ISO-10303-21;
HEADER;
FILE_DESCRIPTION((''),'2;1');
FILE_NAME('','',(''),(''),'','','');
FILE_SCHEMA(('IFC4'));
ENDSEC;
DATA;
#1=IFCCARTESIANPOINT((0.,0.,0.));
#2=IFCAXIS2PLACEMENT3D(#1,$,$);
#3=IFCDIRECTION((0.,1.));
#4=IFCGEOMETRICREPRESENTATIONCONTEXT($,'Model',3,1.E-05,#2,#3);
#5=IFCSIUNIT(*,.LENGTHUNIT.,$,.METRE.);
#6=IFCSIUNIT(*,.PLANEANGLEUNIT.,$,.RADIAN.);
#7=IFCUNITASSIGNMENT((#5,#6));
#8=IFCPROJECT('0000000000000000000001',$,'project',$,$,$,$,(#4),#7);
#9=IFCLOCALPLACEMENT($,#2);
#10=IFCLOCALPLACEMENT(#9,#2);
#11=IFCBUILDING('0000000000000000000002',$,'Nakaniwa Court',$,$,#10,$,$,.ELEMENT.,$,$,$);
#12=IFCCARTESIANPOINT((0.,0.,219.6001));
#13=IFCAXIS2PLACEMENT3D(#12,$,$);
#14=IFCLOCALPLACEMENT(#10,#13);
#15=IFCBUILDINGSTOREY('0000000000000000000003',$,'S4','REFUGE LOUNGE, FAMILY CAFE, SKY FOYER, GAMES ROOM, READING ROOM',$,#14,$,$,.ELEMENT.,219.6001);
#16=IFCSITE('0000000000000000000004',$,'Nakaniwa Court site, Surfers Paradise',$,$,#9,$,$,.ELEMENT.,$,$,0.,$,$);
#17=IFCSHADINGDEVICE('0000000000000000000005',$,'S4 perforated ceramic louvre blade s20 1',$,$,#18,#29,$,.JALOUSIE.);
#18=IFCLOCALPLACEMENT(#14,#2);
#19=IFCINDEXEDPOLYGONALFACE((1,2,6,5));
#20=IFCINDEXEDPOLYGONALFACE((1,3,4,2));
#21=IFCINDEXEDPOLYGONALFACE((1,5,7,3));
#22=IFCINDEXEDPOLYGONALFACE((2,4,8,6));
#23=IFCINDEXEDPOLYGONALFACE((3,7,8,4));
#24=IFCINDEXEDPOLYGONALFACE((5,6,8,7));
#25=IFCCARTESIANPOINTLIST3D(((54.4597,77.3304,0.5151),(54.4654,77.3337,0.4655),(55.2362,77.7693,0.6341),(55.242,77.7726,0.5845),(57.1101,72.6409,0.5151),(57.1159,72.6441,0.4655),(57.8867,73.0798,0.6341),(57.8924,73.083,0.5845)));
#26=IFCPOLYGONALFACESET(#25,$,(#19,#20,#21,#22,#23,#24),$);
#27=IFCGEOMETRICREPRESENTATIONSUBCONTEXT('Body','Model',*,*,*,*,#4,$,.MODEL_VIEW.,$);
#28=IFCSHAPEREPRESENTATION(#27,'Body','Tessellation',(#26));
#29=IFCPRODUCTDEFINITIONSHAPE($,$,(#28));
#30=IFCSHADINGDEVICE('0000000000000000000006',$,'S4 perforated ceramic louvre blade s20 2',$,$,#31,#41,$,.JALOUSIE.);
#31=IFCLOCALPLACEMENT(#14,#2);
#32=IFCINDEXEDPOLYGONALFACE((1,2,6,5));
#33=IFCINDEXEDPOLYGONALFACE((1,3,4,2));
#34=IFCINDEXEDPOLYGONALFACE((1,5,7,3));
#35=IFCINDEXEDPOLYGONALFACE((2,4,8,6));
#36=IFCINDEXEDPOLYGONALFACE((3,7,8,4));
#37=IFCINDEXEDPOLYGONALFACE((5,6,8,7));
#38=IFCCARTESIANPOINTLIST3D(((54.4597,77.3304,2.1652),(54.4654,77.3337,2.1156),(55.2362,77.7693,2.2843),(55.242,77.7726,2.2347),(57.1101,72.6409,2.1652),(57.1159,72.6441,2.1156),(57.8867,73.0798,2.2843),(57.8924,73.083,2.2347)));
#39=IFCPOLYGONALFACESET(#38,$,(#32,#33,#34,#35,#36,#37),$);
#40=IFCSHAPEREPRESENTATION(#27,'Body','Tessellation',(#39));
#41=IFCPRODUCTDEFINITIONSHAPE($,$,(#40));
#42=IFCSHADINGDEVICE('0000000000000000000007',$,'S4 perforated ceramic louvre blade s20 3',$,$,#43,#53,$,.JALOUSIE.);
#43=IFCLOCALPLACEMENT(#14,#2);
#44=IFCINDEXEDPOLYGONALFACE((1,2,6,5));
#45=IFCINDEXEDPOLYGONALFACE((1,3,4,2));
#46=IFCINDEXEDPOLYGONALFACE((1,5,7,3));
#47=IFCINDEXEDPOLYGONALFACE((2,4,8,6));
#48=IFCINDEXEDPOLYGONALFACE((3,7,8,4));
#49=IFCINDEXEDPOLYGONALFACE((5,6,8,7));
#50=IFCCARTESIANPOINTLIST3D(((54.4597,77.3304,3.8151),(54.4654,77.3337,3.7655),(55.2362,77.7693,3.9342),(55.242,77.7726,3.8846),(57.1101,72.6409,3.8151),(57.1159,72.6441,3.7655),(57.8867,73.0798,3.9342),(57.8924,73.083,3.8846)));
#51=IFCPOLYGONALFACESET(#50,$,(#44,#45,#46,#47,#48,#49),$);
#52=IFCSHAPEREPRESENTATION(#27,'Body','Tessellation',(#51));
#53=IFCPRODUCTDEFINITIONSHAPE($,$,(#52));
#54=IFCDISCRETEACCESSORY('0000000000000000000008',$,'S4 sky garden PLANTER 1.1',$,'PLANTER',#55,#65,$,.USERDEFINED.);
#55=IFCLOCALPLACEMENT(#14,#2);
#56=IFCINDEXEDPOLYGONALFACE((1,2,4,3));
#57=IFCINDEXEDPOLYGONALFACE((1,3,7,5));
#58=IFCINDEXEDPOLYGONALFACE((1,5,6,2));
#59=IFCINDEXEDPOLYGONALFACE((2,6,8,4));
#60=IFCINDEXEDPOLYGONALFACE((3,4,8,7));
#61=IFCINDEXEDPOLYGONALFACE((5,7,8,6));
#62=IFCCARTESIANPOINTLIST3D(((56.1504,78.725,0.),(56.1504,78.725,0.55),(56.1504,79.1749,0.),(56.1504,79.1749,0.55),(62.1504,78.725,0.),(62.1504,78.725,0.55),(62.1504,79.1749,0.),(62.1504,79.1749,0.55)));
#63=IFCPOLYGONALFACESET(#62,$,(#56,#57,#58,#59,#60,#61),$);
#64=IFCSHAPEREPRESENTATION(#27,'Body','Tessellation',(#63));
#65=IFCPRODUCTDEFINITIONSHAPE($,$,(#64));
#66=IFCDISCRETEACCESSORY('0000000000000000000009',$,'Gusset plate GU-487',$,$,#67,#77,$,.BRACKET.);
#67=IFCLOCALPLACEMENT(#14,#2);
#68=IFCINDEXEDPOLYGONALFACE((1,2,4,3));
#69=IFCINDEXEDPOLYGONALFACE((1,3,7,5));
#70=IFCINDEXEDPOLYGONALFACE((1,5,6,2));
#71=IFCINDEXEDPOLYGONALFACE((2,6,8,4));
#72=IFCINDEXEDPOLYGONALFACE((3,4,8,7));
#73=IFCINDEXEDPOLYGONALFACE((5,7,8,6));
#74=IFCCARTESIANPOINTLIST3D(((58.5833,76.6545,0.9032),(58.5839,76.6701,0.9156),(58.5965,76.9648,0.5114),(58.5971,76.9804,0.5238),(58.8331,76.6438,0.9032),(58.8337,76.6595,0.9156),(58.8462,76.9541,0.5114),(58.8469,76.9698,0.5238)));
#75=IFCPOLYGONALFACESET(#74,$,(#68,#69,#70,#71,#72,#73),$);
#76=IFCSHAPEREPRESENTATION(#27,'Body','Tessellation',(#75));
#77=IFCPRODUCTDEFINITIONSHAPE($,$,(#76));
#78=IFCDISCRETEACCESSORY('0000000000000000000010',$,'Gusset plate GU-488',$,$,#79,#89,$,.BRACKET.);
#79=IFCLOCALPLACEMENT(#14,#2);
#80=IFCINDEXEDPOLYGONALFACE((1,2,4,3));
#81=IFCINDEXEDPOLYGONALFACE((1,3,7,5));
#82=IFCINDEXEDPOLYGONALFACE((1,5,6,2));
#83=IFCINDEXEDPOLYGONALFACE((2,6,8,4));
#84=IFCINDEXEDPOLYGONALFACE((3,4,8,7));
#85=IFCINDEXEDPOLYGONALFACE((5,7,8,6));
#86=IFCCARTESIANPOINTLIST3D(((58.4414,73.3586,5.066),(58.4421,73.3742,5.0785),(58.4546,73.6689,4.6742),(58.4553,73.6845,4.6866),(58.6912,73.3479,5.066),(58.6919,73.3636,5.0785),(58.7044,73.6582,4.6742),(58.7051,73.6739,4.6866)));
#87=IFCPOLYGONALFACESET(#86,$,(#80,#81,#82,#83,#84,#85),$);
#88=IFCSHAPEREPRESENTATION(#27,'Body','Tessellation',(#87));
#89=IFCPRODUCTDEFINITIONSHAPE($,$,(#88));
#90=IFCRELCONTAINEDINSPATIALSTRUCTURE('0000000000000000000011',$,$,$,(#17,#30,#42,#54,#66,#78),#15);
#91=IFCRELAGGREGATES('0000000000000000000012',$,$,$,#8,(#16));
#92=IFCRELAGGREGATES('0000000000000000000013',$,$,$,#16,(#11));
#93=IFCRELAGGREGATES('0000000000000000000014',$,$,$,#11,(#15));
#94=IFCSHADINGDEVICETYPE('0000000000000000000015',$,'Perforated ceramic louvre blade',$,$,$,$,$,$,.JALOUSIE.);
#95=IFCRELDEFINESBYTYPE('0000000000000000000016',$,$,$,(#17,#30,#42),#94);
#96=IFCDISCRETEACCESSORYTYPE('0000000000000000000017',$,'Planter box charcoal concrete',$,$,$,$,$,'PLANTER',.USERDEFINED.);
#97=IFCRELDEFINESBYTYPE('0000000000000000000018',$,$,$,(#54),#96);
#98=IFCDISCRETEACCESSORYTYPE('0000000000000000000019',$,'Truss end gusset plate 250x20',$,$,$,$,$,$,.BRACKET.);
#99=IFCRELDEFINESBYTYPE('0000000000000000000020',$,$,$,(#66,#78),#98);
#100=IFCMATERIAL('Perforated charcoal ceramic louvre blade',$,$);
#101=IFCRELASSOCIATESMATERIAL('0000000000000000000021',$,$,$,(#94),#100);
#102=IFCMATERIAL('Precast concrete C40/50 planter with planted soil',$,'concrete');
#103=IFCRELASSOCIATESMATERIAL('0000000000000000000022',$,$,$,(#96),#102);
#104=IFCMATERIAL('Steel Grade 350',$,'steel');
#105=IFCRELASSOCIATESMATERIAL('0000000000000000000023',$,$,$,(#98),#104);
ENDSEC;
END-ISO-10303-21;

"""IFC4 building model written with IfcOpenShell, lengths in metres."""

from ifc_helpers import new_model, si_unit, direction, frame, origin, origin_2d, place, context, subcontext, project, spatial, rectangle, extrude, material, material_profile, profile_set, type_object, element, save


model = new_model("IFC4")

# Units and contexts
model_context = context("Model", 3, precision=1e-05, world=origin(), true_north=direction((0.0, 1.0)))
body_context = subcontext(model_context, "Body", "Model", "MODEL_VIEW")
ifc_project = project(units=[si_unit("LENGTHUNIT", "METRE"), si_unit("PLANEANGLEUNIT", "RADIAN")], contexts=[model_context])

# Site, building, storey
site_placement = place(None, origin())
site = spatial("IfcSite", under=ifc_project, at=site_placement, Name="Nakaniwa Court site, Surfers Paradise", CompositionType="ELEMENT", RefElevation=0.0)
building_placement = place(site_placement, origin())
building = spatial("IfcBuilding", under=site, at=building_placement, Name="Nakaniwa Court", CompositionType="ELEMENT")
storey_placement = place(building_placement, frame((0.0, 0.0, 219.6001)))
storey = spatial("IfcBuildingStorey", under=building, at=storey_placement, Name="S4", Description="REFUGE LOUNGE, FAMILY CAFE, SKY FOYER, GAMES ROOM, READING ROOM", CompositionType="ELEMENT", Elevation=219.6001)

# Shared definitions
ifc_material_1 = material(Name="Steel Grade 350", Category="steel")

# Shading devices
ifc_material_2 = material(Name="Perforated charcoal ceramic louvre blade")
ifc_material_profile_1 = material_profile(ifc_material_2, rectangle(XDim=0.8999, YDim=0.05, at=origin_2d()), Name="Perforated ceramic louvre blade")
ifc_profile_set_1 = profile_set([ifc_material_profile_1], Name="Perforated charcoal ceramic louvre blade")
shading_device_type = type_object("IfcShadingDeviceType", Name="Perforated ceramic louvre blade", PredefinedType="JALOUSIE", material=ifc_profile_set_1)
for number, where, z_axis, x_axis, name in (
    (1, (54.8508, 77.5515, 0.5498), (0.492033, -0.870576, 0.0), (0.862929, 0.487711, 0.132256), "S4 perforated ceramic louvre blade s20 1"),
    (2, (54.8508, 77.5515, 2.2), (0.492033, -0.870576, 0.0), (0.862929, 0.487711, 0.132256), "S4 perforated ceramic louvre blade s20 2"),
    (3, (54.8508, 77.5515, 3.8499), (0.492033, -0.870576, 0.0), (0.862929, 0.487711, 0.132256), "S4 perforated ceramic louvre blade s20 3"),
):
    element("IfcShadingDevice", number, at=place(storey_placement, frame(where, z_axis=z_axis, x_axis=x_axis)), inside=storey, type_object=shading_device_type, Name=name, PredefinedType="JALOUSIE", context=body_context, shape_type="SweptSolid", body=[
        extrude(rectangle(XDim=0.8999, YDim=0.05, at=origin_2d()), origin(), (0.0, 0.0, 1.0), 5.3867),
    ])

# Discrete accessories
ifc_material_3 = material(Name="Precast concrete C40/50 planter with planted soil", Category="concrete")
discrete_accessory_type_1 = type_object("IfcDiscreteAccessoryType", Name="Planter box charcoal concrete", ElementType="PLANTER", PredefinedType="USERDEFINED", material=ifc_material_3)
discrete_accessory_placement = place(storey_placement, frame((59.1504, 78.95, 0.0), z_axis=(0.0, 0.0, 1.0), x_axis=(1.0, 0.0, 0.0)))
element("IfcDiscreteAccessory", 4, at=discrete_accessory_placement, inside=storey, type_object=discrete_accessory_type_1, Name="S4 sky garden PLANTER 1.1", ObjectType="PLANTER", PredefinedType="USERDEFINED", context=body_context, shape_type="SweptSolid", body=[
    extrude(rectangle(XDim=6.0, YDim=0.45, at=origin_2d()), origin(), (0.0, 0.0, 1.0), 0.55),
])
ifc_material_profile_2 = material_profile(ifc_material_1, rectangle(XDim=0.25, YDim=0.02, at=origin_2d()), Name="Truss end gusset plate 250x20")
ifc_profile_set_2 = profile_set([ifc_material_profile_2], Name="Steel Grade 350")
discrete_accessory_type_2 = type_object("IfcDiscreteAccessoryType", Name="Truss end gusset plate 250x20", PredefinedType="BRACKET", material=ifc_profile_set_2)
for number, where, z_axis, x_axis, name in (
    (5, (58.7085, 76.657, 0.9094), (0.026367, 0.6206, -0.783684), (-0.999099, 0.042448, 0.0), "Gusset plate GU-487"),
    (6, (58.5798, 73.6714, 4.6804), (-0.026367, -0.6206, 0.783684), (0.999099, -0.042448, 0.0), "Gusset plate GU-488"),
):
    element("IfcDiscreteAccessory", number, at=place(storey_placement, frame(where, z_axis=z_axis, x_axis=x_axis)), inside=storey, type_object=discrete_accessory_type_2, Name=name, PredefinedType="BRACKET", context=body_context, shape_type="SweptSolid", body=[
        extrude(rectangle(XDim=0.25, YDim=0.02, at=origin_2d()), origin(), (0.0, 0.0, 1.0), 0.5),
    ])

save(model, "model.ifc")
